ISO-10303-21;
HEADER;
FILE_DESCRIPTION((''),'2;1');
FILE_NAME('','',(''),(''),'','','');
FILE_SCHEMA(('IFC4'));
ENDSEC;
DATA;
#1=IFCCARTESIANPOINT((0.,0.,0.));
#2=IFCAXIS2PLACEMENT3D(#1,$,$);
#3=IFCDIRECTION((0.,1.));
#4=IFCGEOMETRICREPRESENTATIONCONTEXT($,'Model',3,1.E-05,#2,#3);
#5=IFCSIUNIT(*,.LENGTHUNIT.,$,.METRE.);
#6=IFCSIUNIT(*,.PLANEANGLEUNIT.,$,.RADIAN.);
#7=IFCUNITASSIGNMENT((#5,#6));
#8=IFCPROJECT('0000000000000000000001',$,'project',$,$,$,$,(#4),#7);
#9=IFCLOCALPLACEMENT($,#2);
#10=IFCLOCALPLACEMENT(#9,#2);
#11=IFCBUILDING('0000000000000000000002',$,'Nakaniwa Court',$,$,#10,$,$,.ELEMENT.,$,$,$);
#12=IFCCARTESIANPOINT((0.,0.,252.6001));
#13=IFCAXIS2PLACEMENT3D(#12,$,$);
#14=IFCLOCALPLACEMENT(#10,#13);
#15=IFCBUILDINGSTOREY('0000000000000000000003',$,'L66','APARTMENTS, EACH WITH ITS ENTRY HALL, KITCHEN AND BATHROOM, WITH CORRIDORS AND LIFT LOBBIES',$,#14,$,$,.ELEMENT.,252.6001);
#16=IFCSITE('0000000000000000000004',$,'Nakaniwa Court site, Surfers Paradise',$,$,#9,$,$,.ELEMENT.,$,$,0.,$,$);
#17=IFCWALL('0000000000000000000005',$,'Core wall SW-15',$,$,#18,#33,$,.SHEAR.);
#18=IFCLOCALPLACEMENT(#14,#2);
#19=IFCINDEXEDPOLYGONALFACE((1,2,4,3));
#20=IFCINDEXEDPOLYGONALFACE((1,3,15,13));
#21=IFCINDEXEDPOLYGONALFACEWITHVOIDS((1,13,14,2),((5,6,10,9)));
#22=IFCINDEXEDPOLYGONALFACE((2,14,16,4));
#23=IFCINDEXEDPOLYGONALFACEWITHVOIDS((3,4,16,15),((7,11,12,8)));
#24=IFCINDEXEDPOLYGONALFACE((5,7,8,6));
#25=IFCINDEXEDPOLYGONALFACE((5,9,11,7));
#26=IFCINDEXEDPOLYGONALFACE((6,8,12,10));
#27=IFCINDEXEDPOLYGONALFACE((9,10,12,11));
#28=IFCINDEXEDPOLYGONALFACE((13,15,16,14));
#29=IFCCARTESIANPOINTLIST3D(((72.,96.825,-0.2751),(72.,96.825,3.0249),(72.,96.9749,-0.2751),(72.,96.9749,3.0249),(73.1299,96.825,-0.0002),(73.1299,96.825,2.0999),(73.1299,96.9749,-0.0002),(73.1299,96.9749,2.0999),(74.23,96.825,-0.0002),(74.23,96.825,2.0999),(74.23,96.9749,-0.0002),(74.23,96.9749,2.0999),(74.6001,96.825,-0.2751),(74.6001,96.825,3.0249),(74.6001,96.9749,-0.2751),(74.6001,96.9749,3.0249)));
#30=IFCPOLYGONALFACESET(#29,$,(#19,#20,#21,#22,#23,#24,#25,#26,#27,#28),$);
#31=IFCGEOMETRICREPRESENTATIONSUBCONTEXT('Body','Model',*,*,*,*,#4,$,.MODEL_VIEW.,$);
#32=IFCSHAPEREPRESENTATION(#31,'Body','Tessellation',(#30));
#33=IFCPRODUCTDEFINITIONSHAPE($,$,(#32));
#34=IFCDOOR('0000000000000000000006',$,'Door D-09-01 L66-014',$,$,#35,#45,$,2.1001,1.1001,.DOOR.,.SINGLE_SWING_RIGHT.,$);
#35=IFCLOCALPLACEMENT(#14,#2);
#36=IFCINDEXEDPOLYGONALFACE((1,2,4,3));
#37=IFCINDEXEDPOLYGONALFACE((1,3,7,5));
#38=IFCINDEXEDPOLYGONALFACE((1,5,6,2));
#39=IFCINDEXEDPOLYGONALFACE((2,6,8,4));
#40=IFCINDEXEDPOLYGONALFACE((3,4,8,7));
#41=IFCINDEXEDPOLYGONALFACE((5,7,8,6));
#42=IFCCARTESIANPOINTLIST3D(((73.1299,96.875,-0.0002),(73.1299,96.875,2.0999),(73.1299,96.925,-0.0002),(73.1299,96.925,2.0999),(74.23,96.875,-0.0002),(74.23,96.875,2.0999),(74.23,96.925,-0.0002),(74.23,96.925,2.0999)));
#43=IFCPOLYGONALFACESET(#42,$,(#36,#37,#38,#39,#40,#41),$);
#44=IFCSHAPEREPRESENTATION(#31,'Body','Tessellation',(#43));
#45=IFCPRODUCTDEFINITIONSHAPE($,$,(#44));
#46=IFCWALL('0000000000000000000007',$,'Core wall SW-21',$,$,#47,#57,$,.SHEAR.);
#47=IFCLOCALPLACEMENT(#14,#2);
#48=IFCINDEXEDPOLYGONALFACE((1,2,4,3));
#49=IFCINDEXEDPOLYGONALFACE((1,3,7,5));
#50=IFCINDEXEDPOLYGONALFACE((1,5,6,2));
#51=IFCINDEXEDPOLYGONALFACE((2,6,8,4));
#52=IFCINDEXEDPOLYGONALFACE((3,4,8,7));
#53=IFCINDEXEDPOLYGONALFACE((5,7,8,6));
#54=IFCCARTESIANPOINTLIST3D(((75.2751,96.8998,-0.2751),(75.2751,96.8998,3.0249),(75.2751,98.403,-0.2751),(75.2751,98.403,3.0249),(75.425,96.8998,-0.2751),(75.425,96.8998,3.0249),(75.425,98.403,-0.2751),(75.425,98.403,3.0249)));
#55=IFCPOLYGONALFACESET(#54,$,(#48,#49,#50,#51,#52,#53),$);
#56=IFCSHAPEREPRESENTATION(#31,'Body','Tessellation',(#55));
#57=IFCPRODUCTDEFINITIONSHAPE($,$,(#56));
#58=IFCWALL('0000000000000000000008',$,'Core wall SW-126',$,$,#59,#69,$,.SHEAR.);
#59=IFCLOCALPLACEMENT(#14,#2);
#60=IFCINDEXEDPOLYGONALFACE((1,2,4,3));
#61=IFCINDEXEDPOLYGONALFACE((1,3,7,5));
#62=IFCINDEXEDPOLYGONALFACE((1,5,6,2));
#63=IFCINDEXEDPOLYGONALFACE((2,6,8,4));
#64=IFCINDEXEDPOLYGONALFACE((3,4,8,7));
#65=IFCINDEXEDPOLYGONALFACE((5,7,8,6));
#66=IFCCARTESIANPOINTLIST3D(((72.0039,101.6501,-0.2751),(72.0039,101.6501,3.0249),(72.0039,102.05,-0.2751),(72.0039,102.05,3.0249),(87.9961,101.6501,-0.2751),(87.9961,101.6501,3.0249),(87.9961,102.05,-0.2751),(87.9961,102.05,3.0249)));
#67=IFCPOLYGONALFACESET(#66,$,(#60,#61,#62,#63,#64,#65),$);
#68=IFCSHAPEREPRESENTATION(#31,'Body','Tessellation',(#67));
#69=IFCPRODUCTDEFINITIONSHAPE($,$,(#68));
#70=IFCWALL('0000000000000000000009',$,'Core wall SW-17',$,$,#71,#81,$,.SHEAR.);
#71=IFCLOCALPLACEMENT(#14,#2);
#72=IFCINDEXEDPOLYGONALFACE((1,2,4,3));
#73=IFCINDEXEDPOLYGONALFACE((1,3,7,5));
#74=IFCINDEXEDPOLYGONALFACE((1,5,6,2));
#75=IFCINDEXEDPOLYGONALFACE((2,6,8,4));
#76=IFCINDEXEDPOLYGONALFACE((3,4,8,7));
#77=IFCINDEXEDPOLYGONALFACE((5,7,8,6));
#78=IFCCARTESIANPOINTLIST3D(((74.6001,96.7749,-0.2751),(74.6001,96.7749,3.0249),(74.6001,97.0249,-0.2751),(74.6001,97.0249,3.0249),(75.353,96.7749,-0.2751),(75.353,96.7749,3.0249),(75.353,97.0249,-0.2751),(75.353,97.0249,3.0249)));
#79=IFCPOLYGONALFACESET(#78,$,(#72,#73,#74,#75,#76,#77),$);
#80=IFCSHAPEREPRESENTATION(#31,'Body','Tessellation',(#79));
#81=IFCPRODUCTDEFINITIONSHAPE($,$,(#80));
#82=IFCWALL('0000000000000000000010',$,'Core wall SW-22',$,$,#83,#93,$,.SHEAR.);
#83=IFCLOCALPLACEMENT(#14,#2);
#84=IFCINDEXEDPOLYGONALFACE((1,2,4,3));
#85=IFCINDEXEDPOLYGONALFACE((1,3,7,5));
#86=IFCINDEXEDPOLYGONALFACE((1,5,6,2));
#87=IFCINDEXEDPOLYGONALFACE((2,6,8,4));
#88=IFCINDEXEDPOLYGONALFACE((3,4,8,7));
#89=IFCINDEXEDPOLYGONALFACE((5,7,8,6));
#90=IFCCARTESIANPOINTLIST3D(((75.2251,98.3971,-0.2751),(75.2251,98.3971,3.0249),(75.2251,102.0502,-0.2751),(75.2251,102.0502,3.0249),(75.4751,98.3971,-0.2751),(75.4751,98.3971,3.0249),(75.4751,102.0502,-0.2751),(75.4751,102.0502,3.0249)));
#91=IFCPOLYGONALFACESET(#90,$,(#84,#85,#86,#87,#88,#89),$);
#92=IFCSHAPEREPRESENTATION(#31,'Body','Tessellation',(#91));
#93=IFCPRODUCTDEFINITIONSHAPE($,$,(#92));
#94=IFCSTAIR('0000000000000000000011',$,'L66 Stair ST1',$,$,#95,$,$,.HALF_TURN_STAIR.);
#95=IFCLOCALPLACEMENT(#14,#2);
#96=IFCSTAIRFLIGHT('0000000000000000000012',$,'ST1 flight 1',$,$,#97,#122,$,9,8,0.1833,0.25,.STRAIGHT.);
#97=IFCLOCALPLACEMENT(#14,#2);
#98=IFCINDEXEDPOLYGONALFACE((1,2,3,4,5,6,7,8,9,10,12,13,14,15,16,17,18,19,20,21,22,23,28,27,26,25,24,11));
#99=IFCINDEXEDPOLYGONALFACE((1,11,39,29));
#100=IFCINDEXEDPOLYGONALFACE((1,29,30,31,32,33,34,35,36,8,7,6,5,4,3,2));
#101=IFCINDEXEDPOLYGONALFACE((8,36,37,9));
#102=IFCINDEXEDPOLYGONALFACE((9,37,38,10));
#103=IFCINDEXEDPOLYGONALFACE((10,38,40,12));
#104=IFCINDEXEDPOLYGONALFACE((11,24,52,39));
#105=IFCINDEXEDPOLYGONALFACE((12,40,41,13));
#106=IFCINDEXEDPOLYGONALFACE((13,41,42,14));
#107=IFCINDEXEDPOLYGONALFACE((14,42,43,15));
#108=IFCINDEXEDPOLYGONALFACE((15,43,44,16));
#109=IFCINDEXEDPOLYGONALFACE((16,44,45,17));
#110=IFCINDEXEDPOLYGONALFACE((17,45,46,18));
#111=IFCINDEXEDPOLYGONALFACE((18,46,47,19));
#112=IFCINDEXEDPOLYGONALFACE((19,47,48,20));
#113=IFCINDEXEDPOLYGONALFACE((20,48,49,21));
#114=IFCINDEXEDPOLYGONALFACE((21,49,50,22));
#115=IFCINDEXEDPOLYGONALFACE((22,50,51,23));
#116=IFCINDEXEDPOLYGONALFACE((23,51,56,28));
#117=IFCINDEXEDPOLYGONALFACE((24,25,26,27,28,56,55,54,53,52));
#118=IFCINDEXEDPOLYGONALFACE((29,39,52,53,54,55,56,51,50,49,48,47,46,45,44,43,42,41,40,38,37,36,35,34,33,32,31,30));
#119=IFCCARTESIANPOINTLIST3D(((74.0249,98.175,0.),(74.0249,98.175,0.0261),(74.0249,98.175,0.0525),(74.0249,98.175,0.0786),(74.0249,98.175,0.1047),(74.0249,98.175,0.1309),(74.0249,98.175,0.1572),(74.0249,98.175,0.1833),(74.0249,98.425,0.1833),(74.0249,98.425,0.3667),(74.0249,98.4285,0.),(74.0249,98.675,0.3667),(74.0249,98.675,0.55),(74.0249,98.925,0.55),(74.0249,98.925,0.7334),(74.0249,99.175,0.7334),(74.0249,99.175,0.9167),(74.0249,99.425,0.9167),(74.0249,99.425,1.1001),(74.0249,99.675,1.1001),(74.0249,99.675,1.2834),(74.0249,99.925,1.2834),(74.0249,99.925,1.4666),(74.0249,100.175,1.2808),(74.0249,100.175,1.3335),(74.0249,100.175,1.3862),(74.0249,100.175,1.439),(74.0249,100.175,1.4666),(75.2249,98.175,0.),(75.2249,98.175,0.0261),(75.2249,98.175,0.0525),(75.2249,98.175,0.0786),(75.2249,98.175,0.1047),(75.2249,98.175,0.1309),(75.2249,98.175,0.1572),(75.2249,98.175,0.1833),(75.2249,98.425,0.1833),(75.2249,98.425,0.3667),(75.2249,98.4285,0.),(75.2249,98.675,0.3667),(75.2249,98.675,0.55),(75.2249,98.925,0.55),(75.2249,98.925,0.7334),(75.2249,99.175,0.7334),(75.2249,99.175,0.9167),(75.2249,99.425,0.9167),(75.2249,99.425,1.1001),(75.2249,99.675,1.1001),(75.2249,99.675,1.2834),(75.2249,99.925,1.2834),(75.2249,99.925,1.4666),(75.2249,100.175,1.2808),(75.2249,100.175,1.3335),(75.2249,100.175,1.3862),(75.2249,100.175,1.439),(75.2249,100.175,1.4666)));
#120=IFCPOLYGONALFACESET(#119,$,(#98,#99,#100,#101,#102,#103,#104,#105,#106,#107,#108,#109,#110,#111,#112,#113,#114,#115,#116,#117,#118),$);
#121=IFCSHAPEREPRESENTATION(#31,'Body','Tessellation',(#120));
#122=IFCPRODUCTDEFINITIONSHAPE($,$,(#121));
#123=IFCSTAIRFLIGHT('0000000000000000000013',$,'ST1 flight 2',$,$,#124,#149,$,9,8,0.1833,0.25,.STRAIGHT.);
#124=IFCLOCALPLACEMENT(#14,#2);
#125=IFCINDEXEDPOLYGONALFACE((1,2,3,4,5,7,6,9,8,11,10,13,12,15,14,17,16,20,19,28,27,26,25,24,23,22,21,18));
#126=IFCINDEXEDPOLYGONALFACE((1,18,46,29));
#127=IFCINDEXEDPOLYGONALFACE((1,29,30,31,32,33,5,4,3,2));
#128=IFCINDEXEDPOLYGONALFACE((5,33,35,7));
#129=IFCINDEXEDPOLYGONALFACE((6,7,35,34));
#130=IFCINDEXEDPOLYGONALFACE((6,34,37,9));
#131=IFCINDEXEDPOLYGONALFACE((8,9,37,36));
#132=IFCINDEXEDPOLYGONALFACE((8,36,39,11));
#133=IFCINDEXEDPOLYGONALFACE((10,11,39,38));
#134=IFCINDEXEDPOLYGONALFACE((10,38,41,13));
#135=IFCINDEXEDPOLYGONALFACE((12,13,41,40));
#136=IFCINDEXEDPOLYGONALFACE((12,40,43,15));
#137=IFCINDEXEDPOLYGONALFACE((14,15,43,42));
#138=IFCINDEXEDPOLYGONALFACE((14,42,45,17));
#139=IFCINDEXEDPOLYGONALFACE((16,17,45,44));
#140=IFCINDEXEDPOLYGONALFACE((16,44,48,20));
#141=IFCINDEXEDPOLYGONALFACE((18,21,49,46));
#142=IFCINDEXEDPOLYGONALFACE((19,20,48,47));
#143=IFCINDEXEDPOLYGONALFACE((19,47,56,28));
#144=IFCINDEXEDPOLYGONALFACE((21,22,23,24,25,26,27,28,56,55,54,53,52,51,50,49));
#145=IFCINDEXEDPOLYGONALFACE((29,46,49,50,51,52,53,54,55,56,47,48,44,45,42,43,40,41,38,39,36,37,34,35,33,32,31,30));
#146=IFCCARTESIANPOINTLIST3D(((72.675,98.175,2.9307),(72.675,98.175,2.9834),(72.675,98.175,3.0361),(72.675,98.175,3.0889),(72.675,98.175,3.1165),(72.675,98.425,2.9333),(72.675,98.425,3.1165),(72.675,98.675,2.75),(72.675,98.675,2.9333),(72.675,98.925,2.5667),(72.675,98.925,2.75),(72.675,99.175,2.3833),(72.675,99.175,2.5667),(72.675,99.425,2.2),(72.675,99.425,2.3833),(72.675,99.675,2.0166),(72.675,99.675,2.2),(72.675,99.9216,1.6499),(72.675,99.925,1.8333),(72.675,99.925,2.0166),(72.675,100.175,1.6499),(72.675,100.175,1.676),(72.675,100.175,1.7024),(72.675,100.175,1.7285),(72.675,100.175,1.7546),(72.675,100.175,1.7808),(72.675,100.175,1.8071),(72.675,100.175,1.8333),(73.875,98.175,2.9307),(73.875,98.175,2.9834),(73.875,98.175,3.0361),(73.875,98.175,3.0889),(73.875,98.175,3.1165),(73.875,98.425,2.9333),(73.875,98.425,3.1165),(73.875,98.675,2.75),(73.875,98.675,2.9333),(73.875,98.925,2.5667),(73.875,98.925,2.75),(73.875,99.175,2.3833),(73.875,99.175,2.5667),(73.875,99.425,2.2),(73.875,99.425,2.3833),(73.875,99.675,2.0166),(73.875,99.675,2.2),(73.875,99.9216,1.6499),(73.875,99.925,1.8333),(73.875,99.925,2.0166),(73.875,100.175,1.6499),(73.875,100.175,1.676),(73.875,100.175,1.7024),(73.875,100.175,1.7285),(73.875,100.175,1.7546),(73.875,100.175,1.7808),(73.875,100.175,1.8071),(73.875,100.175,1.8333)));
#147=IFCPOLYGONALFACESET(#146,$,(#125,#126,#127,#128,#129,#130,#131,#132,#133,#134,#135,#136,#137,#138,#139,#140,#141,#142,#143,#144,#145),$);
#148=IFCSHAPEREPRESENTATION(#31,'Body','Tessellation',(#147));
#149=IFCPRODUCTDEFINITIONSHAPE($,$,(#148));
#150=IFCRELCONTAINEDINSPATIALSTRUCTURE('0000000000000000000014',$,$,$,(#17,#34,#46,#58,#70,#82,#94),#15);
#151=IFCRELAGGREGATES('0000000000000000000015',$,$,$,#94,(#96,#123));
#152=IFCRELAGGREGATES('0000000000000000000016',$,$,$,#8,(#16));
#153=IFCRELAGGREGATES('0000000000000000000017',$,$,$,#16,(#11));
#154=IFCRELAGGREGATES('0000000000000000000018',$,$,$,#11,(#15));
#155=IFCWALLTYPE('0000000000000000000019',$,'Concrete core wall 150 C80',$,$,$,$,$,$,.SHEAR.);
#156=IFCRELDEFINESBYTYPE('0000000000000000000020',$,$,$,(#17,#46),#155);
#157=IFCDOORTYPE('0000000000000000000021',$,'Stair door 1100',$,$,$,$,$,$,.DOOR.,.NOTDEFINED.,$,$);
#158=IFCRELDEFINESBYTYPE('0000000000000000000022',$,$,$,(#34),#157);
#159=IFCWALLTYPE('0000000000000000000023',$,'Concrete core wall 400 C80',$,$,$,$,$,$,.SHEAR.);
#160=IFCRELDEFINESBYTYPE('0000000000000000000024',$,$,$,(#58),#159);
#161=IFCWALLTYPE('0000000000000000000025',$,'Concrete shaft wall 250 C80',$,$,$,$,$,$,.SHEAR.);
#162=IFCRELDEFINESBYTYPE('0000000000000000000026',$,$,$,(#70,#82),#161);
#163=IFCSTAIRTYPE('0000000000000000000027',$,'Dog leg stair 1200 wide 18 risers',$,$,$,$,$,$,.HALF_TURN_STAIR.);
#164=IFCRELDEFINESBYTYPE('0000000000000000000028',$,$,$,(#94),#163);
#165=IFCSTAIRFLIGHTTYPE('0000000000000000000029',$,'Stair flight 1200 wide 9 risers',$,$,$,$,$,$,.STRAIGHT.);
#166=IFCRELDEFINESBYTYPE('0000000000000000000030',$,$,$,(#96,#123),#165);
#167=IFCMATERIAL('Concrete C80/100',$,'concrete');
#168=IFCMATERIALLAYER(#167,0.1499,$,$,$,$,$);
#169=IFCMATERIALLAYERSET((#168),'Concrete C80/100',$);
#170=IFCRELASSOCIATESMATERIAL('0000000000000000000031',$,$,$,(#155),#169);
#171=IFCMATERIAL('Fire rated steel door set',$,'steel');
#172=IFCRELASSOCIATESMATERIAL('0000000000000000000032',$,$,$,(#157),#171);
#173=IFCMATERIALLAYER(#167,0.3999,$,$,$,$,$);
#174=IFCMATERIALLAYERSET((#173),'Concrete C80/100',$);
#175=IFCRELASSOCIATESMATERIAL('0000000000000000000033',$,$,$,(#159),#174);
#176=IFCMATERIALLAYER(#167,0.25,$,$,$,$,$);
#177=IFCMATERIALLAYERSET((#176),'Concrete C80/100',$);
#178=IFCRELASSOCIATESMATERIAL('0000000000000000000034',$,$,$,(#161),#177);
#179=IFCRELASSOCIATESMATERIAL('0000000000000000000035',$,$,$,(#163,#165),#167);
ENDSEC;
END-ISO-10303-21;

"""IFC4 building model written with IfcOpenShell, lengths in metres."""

from ifc_helpers import new_model, si_unit, direction, frame, frame_2d, origin, place, context, subcontext, project, spatial, polyline, rectangle, outline, extrude, material, layer, layer_set, type_object, element, fill, aggregate, save


model = new_model("IFC4")

# Units and contexts
model_context = context("Model", 3, precision=1e-05, world=origin(), true_north=direction((0.0, 1.0)))
body_context = subcontext(model_context, "Body", "Model", "MODEL_VIEW")
ifc_project = project(units=[si_unit("LENGTHUNIT", "METRE"), si_unit("PLANEANGLEUNIT", "RADIAN")], contexts=[model_context])

# Site, building, storey
site_placement = place(None, origin())
site = spatial("IfcSite", under=ifc_project, at=site_placement, Name="Nakaniwa Court site, Surfers Paradise", CompositionType="ELEMENT", RefElevation=0.0)
building_placement = place(site_placement, origin())
building = spatial("IfcBuilding", under=site, at=building_placement, Name="Nakaniwa Court", CompositionType="ELEMENT")
storey_placement = place(building_placement, frame((0.0, 0.0, 252.6001)))
storey = spatial("IfcBuildingStorey", under=building, at=storey_placement, Name="L66", Description="APARTMENTS, EACH WITH ITS ENTRY HALL, KITCHEN AND BATHROOM, WITH CORRIDORS AND LIFT LOBBIES", CompositionType="ELEMENT", Elevation=252.6001)

# Shared definitions
ifc_material_1 = material(Name="Concrete C80/100", Category="concrete")

# Shared definitions
ifc_material_2 = material(Name="Fire rated steel door set", Category="steel")

# Wall, opening, door
ifc_layer_1 = layer(ifc_material_1, 0.1499)
ifc_layer_set_1 = layer_set([ifc_layer_1], Name="Concrete C80/100")
wall_type_1 = type_object("IfcWallType", Name="Concrete core wall 150 C80", PredefinedType="SHEAR", material=ifc_layer_set_1)
wall_1_placement = place(storey_placement, frame((74.6001, 96.8999, -0.2751), z_axis=(0.0, 0.0, 1.0), x_axis=(-1.0, 0.0, 0.0)))
wall_1 = element("IfcWall", 1, at=wall_1_placement, inside=storey, type_object=wall_type_1, Name="Core wall SW-15", PredefinedType="SHEAR", context=body_context, shape_type="SweptSolid", body=[
    extrude(rectangle(XDim=2.6001, YDim=0.1499, at=frame_2d((1.3, 0.0))), origin(), (0.0, 0.0, 1.0), 3.3),
])
opening_1_placement = place(wall_1_placement, frame((0.3701, 0.0, 0.2749)))
opening_1 = element("IfcOpeningElement", 2, at=opening_1_placement, cuts=wall_1, PredefinedType="OPENING", context=body_context, shape_type="SweptSolid", body=[
    extrude(rectangle(XDim=1.1001, YDim=2.1001, at=frame_2d((0.55, 1.05))), frame((0.0, 0.085, 0.0), z_axis=(0.0, -1.0, 0.0), x_axis=(1.0, 0.0, 0.0)), (0.0, 0.0, 1.0), 0.1699),
])
door_type_1 = type_object("IfcDoorType", Name="Stair door 1100", OperationType="NOTDEFINED", PredefinedType="DOOR", material=ifc_material_2)
door_1_placement = place(opening_1_placement, origin())
door_1 = element("IfcDoor", 3, at=door_1_placement, inside=storey, type_object=door_type_1, Name="Door D-09-01 L66-014", OperationType="SINGLE_SWING_RIGHT", OverallHeight=2.1001, OverallWidth=1.1001, PredefinedType="DOOR", context=body_context, shape_type="SweptSolid", body=[
    extrude(rectangle(XDim=1.1001, YDim=2.1001, at=frame_2d((0.55, 1.05))), frame((0.0, 0.0249, 0.0), z_axis=(0.0, -1.0, 0.0), x_axis=(1.0, 0.0, 0.0)), (0.0, 0.0, 1.0), 0.05),
])
fill(opening_1, door_1)

# Walls
wall_2_placement = place(storey_placement, frame((75.3501, 96.8999, -0.2751), z_axis=(0.0, 0.0, 1.0), x_axis=(0.0, 1.0, 0.0)))
element("IfcWall", 4, at=wall_2_placement, inside=storey, type_object=wall_type_1, Name="Core wall SW-21", PredefinedType="SHEAR", context=body_context, shape_type="SweptSolid", body=[
    extrude(rectangle(XDim=1.5032, YDim=0.1499, at=frame_2d((0.7515, 0.0))), origin(), (0.0, 0.0, 1.0), 3.3),
])
ifc_layer_2 = layer(ifc_material_1, 0.3999)
ifc_layer_set_2 = layer_set([ifc_layer_2], Name="Concrete C80/100")
wall_type_2 = type_object("IfcWallType", Name="Concrete core wall 400 C80", PredefinedType="SHEAR", material=ifc_layer_set_2)
wall_3_placement = place(storey_placement, frame((72.0039, 101.8501, -0.2751), z_axis=(0.0, 0.0, 1.0), x_axis=(1.0, 0.0, 0.0)))
element("IfcWall", 5, at=wall_3_placement, inside=storey, type_object=wall_type_2, Name="Core wall SW-126", PredefinedType="SHEAR", context=body_context, shape_type="SweptSolid", body=[
    extrude(rectangle(XDim=15.9922, YDim=0.3999, at=frame_2d((7.9961, 0.0))), origin(), (0.0, 0.0, 1.0), 3.3),
])
ifc_layer_3 = layer(ifc_material_1, 0.25)
ifc_layer_set_3 = layer_set([ifc_layer_3], Name="Concrete C80/100")
wall_type_3 = type_object("IfcWallType", Name="Concrete shaft wall 250 C80", PredefinedType="SHEAR", material=ifc_layer_set_3)
wall_4_placement = place(storey_placement, frame((74.6001, 96.8999, -0.2751), z_axis=(0.0, 0.0, 1.0), x_axis=(1.0, 0.0, 0.0)))
element("IfcWall", 6, at=wall_4_placement, inside=storey, type_object=wall_type_3, Name="Core wall SW-17", PredefinedType="SHEAR", context=body_context, shape_type="SweptSolid", body=[
    extrude(rectangle(XDim=0.7529, YDim=0.25, at=frame_2d((0.3765, 0.0))), origin(), (0.0, 0.0, 1.0), 3.3),
])
wall_5_placement = place(storey_placement, frame((75.3501, 98.397, -0.2751), z_axis=(0.0, 0.0, 1.0), x_axis=(0.0, 1.0, 0.0)))
element("IfcWall", 7, at=wall_5_placement, inside=storey, type_object=wall_type_3, Name="Core wall SW-22", PredefinedType="SHEAR", context=body_context, shape_type="SweptSolid", body=[
    extrude(rectangle(XDim=3.6531, YDim=0.25, at=frame_2d((1.8267, 0.0))), origin(), (0.0, 0.0, 1.0), 3.3),
])

# Stair, stair flights
stair_type = type_object("IfcStairType", Name="Dog leg stair 1200 wide 18 risers", PredefinedType="HALF_TURN_STAIR", material=ifc_material_1)
stair_placement = place(storey_placement, origin())
stair = element("IfcStair", 8, at=stair_placement, inside=storey, type_object=stair_type, Name="L66 Stair ST1", PredefinedType="HALF_TURN_STAIR")
stair_flight_type = type_object("IfcStairFlightType", Name="Stair flight 1200 wide 9 risers", PredefinedType="STRAIGHT", material=ifc_material_1)
stair_flight_1_placement = place(storey_placement, frame((74.625, 98.175, 0.0), z_axis=(0.0, 0.0, 1.0), x_axis=(0.0, 1.0, 0.0)))
stair_flight_1 = element("IfcStairFlight", 9, at=stair_flight_1_placement, type_object=stair_flight_type, Name="ST1 flight 1", NumberOfRisers=9, NumberOfTreads=8, PredefinedType="STRAIGHT", RiserHeight=0.1833, TreadLength=0.25, context=body_context, shape_type="SweptSolid", body=[
    extrude(outline(polyline([(0.0, 0.0), (0.0, 0.0261), (0.0, 0.0525), (0.0, 0.0786), (0.0, 0.1047), (0.0, 0.1309), (0.0, 0.1572), (0.0, 0.1833), (0.25, 0.1833), (0.25, 0.3667), (0.5, 0.3667), (0.5, 0.55), (0.75, 0.55), (0.75, 0.7334), (1.0, 0.7334), (1.0, 0.9167), (1.25, 0.9167), (1.25, 1.1001), (1.5, 1.1001), (1.5, 1.2834), (1.75, 1.2834), (1.75, 1.4666), (2.0, 1.4666), (2.0, 1.6499), (2.0, 1.5972), (2.0, 1.5444), (2.0, 1.4917), (2.0, 1.439), (2.0, 1.3862), (2.0, 1.3335), (2.0, 1.2808), (0.2534, 0.0), (0.0, 0.0)])), frame((0.0, 0.6001, 0.0), z_axis=(0.0, -1.0, 0.0), x_axis=(1.0, 0.0, 0.0)), (0.0, 0.0, 1.0), 1.2),
])
stair_flight_2_placement = place(storey_placement, frame((73.2749, 100.175, 1.6499), z_axis=(0.0, 0.0, 1.0), x_axis=(0.0, -1.0, 0.0)))
stair_flight_2 = element("IfcStairFlight", 10, at=stair_flight_2_placement, type_object=stair_flight_type, Name="ST1 flight 2", NumberOfRisers=9, NumberOfTreads=8, PredefinedType="STRAIGHT", RiserHeight=0.1833, TreadLength=0.25, context=body_context, shape_type="SweptSolid", body=[
    extrude(outline(polyline([(0.0, 0.0), (0.0, 0.0261), (0.0, 0.0525), (0.0, 0.0786), (0.0, 0.1047), (0.0, 0.1309), (0.0, 0.1572), (0.0, 0.1833), (0.25, 0.1833), (0.25, 0.3667), (0.5, 0.3667), (0.5, 0.55), (0.75, 0.55), (0.75, 0.7334), (1.0, 0.7334), (1.0, 0.9167), (1.25, 0.9167), (1.25, 1.1001), (1.5, 1.1001), (1.5, 1.2834), (1.75, 1.2834), (1.75, 1.4666), (2.0, 1.4666), (2.0, 1.6499), (2.0, 1.5972), (2.0, 1.5444), (2.0, 1.4917), (2.0, 1.439), (2.0, 1.3862), (2.0, 1.3335), (2.0, 1.2808), (0.2534, 0.0), (0.0, 0.0)])), frame((0.0, 0.6001, 0.0), z_axis=(0.0, -1.0, 0.0), x_axis=(1.0, 0.0, 0.0)), (0.0, 0.0, 1.0), 1.2),
])
aggregate(stair, [stair_flight_1, stair_flight_2])

save(model, "model.ifc")
